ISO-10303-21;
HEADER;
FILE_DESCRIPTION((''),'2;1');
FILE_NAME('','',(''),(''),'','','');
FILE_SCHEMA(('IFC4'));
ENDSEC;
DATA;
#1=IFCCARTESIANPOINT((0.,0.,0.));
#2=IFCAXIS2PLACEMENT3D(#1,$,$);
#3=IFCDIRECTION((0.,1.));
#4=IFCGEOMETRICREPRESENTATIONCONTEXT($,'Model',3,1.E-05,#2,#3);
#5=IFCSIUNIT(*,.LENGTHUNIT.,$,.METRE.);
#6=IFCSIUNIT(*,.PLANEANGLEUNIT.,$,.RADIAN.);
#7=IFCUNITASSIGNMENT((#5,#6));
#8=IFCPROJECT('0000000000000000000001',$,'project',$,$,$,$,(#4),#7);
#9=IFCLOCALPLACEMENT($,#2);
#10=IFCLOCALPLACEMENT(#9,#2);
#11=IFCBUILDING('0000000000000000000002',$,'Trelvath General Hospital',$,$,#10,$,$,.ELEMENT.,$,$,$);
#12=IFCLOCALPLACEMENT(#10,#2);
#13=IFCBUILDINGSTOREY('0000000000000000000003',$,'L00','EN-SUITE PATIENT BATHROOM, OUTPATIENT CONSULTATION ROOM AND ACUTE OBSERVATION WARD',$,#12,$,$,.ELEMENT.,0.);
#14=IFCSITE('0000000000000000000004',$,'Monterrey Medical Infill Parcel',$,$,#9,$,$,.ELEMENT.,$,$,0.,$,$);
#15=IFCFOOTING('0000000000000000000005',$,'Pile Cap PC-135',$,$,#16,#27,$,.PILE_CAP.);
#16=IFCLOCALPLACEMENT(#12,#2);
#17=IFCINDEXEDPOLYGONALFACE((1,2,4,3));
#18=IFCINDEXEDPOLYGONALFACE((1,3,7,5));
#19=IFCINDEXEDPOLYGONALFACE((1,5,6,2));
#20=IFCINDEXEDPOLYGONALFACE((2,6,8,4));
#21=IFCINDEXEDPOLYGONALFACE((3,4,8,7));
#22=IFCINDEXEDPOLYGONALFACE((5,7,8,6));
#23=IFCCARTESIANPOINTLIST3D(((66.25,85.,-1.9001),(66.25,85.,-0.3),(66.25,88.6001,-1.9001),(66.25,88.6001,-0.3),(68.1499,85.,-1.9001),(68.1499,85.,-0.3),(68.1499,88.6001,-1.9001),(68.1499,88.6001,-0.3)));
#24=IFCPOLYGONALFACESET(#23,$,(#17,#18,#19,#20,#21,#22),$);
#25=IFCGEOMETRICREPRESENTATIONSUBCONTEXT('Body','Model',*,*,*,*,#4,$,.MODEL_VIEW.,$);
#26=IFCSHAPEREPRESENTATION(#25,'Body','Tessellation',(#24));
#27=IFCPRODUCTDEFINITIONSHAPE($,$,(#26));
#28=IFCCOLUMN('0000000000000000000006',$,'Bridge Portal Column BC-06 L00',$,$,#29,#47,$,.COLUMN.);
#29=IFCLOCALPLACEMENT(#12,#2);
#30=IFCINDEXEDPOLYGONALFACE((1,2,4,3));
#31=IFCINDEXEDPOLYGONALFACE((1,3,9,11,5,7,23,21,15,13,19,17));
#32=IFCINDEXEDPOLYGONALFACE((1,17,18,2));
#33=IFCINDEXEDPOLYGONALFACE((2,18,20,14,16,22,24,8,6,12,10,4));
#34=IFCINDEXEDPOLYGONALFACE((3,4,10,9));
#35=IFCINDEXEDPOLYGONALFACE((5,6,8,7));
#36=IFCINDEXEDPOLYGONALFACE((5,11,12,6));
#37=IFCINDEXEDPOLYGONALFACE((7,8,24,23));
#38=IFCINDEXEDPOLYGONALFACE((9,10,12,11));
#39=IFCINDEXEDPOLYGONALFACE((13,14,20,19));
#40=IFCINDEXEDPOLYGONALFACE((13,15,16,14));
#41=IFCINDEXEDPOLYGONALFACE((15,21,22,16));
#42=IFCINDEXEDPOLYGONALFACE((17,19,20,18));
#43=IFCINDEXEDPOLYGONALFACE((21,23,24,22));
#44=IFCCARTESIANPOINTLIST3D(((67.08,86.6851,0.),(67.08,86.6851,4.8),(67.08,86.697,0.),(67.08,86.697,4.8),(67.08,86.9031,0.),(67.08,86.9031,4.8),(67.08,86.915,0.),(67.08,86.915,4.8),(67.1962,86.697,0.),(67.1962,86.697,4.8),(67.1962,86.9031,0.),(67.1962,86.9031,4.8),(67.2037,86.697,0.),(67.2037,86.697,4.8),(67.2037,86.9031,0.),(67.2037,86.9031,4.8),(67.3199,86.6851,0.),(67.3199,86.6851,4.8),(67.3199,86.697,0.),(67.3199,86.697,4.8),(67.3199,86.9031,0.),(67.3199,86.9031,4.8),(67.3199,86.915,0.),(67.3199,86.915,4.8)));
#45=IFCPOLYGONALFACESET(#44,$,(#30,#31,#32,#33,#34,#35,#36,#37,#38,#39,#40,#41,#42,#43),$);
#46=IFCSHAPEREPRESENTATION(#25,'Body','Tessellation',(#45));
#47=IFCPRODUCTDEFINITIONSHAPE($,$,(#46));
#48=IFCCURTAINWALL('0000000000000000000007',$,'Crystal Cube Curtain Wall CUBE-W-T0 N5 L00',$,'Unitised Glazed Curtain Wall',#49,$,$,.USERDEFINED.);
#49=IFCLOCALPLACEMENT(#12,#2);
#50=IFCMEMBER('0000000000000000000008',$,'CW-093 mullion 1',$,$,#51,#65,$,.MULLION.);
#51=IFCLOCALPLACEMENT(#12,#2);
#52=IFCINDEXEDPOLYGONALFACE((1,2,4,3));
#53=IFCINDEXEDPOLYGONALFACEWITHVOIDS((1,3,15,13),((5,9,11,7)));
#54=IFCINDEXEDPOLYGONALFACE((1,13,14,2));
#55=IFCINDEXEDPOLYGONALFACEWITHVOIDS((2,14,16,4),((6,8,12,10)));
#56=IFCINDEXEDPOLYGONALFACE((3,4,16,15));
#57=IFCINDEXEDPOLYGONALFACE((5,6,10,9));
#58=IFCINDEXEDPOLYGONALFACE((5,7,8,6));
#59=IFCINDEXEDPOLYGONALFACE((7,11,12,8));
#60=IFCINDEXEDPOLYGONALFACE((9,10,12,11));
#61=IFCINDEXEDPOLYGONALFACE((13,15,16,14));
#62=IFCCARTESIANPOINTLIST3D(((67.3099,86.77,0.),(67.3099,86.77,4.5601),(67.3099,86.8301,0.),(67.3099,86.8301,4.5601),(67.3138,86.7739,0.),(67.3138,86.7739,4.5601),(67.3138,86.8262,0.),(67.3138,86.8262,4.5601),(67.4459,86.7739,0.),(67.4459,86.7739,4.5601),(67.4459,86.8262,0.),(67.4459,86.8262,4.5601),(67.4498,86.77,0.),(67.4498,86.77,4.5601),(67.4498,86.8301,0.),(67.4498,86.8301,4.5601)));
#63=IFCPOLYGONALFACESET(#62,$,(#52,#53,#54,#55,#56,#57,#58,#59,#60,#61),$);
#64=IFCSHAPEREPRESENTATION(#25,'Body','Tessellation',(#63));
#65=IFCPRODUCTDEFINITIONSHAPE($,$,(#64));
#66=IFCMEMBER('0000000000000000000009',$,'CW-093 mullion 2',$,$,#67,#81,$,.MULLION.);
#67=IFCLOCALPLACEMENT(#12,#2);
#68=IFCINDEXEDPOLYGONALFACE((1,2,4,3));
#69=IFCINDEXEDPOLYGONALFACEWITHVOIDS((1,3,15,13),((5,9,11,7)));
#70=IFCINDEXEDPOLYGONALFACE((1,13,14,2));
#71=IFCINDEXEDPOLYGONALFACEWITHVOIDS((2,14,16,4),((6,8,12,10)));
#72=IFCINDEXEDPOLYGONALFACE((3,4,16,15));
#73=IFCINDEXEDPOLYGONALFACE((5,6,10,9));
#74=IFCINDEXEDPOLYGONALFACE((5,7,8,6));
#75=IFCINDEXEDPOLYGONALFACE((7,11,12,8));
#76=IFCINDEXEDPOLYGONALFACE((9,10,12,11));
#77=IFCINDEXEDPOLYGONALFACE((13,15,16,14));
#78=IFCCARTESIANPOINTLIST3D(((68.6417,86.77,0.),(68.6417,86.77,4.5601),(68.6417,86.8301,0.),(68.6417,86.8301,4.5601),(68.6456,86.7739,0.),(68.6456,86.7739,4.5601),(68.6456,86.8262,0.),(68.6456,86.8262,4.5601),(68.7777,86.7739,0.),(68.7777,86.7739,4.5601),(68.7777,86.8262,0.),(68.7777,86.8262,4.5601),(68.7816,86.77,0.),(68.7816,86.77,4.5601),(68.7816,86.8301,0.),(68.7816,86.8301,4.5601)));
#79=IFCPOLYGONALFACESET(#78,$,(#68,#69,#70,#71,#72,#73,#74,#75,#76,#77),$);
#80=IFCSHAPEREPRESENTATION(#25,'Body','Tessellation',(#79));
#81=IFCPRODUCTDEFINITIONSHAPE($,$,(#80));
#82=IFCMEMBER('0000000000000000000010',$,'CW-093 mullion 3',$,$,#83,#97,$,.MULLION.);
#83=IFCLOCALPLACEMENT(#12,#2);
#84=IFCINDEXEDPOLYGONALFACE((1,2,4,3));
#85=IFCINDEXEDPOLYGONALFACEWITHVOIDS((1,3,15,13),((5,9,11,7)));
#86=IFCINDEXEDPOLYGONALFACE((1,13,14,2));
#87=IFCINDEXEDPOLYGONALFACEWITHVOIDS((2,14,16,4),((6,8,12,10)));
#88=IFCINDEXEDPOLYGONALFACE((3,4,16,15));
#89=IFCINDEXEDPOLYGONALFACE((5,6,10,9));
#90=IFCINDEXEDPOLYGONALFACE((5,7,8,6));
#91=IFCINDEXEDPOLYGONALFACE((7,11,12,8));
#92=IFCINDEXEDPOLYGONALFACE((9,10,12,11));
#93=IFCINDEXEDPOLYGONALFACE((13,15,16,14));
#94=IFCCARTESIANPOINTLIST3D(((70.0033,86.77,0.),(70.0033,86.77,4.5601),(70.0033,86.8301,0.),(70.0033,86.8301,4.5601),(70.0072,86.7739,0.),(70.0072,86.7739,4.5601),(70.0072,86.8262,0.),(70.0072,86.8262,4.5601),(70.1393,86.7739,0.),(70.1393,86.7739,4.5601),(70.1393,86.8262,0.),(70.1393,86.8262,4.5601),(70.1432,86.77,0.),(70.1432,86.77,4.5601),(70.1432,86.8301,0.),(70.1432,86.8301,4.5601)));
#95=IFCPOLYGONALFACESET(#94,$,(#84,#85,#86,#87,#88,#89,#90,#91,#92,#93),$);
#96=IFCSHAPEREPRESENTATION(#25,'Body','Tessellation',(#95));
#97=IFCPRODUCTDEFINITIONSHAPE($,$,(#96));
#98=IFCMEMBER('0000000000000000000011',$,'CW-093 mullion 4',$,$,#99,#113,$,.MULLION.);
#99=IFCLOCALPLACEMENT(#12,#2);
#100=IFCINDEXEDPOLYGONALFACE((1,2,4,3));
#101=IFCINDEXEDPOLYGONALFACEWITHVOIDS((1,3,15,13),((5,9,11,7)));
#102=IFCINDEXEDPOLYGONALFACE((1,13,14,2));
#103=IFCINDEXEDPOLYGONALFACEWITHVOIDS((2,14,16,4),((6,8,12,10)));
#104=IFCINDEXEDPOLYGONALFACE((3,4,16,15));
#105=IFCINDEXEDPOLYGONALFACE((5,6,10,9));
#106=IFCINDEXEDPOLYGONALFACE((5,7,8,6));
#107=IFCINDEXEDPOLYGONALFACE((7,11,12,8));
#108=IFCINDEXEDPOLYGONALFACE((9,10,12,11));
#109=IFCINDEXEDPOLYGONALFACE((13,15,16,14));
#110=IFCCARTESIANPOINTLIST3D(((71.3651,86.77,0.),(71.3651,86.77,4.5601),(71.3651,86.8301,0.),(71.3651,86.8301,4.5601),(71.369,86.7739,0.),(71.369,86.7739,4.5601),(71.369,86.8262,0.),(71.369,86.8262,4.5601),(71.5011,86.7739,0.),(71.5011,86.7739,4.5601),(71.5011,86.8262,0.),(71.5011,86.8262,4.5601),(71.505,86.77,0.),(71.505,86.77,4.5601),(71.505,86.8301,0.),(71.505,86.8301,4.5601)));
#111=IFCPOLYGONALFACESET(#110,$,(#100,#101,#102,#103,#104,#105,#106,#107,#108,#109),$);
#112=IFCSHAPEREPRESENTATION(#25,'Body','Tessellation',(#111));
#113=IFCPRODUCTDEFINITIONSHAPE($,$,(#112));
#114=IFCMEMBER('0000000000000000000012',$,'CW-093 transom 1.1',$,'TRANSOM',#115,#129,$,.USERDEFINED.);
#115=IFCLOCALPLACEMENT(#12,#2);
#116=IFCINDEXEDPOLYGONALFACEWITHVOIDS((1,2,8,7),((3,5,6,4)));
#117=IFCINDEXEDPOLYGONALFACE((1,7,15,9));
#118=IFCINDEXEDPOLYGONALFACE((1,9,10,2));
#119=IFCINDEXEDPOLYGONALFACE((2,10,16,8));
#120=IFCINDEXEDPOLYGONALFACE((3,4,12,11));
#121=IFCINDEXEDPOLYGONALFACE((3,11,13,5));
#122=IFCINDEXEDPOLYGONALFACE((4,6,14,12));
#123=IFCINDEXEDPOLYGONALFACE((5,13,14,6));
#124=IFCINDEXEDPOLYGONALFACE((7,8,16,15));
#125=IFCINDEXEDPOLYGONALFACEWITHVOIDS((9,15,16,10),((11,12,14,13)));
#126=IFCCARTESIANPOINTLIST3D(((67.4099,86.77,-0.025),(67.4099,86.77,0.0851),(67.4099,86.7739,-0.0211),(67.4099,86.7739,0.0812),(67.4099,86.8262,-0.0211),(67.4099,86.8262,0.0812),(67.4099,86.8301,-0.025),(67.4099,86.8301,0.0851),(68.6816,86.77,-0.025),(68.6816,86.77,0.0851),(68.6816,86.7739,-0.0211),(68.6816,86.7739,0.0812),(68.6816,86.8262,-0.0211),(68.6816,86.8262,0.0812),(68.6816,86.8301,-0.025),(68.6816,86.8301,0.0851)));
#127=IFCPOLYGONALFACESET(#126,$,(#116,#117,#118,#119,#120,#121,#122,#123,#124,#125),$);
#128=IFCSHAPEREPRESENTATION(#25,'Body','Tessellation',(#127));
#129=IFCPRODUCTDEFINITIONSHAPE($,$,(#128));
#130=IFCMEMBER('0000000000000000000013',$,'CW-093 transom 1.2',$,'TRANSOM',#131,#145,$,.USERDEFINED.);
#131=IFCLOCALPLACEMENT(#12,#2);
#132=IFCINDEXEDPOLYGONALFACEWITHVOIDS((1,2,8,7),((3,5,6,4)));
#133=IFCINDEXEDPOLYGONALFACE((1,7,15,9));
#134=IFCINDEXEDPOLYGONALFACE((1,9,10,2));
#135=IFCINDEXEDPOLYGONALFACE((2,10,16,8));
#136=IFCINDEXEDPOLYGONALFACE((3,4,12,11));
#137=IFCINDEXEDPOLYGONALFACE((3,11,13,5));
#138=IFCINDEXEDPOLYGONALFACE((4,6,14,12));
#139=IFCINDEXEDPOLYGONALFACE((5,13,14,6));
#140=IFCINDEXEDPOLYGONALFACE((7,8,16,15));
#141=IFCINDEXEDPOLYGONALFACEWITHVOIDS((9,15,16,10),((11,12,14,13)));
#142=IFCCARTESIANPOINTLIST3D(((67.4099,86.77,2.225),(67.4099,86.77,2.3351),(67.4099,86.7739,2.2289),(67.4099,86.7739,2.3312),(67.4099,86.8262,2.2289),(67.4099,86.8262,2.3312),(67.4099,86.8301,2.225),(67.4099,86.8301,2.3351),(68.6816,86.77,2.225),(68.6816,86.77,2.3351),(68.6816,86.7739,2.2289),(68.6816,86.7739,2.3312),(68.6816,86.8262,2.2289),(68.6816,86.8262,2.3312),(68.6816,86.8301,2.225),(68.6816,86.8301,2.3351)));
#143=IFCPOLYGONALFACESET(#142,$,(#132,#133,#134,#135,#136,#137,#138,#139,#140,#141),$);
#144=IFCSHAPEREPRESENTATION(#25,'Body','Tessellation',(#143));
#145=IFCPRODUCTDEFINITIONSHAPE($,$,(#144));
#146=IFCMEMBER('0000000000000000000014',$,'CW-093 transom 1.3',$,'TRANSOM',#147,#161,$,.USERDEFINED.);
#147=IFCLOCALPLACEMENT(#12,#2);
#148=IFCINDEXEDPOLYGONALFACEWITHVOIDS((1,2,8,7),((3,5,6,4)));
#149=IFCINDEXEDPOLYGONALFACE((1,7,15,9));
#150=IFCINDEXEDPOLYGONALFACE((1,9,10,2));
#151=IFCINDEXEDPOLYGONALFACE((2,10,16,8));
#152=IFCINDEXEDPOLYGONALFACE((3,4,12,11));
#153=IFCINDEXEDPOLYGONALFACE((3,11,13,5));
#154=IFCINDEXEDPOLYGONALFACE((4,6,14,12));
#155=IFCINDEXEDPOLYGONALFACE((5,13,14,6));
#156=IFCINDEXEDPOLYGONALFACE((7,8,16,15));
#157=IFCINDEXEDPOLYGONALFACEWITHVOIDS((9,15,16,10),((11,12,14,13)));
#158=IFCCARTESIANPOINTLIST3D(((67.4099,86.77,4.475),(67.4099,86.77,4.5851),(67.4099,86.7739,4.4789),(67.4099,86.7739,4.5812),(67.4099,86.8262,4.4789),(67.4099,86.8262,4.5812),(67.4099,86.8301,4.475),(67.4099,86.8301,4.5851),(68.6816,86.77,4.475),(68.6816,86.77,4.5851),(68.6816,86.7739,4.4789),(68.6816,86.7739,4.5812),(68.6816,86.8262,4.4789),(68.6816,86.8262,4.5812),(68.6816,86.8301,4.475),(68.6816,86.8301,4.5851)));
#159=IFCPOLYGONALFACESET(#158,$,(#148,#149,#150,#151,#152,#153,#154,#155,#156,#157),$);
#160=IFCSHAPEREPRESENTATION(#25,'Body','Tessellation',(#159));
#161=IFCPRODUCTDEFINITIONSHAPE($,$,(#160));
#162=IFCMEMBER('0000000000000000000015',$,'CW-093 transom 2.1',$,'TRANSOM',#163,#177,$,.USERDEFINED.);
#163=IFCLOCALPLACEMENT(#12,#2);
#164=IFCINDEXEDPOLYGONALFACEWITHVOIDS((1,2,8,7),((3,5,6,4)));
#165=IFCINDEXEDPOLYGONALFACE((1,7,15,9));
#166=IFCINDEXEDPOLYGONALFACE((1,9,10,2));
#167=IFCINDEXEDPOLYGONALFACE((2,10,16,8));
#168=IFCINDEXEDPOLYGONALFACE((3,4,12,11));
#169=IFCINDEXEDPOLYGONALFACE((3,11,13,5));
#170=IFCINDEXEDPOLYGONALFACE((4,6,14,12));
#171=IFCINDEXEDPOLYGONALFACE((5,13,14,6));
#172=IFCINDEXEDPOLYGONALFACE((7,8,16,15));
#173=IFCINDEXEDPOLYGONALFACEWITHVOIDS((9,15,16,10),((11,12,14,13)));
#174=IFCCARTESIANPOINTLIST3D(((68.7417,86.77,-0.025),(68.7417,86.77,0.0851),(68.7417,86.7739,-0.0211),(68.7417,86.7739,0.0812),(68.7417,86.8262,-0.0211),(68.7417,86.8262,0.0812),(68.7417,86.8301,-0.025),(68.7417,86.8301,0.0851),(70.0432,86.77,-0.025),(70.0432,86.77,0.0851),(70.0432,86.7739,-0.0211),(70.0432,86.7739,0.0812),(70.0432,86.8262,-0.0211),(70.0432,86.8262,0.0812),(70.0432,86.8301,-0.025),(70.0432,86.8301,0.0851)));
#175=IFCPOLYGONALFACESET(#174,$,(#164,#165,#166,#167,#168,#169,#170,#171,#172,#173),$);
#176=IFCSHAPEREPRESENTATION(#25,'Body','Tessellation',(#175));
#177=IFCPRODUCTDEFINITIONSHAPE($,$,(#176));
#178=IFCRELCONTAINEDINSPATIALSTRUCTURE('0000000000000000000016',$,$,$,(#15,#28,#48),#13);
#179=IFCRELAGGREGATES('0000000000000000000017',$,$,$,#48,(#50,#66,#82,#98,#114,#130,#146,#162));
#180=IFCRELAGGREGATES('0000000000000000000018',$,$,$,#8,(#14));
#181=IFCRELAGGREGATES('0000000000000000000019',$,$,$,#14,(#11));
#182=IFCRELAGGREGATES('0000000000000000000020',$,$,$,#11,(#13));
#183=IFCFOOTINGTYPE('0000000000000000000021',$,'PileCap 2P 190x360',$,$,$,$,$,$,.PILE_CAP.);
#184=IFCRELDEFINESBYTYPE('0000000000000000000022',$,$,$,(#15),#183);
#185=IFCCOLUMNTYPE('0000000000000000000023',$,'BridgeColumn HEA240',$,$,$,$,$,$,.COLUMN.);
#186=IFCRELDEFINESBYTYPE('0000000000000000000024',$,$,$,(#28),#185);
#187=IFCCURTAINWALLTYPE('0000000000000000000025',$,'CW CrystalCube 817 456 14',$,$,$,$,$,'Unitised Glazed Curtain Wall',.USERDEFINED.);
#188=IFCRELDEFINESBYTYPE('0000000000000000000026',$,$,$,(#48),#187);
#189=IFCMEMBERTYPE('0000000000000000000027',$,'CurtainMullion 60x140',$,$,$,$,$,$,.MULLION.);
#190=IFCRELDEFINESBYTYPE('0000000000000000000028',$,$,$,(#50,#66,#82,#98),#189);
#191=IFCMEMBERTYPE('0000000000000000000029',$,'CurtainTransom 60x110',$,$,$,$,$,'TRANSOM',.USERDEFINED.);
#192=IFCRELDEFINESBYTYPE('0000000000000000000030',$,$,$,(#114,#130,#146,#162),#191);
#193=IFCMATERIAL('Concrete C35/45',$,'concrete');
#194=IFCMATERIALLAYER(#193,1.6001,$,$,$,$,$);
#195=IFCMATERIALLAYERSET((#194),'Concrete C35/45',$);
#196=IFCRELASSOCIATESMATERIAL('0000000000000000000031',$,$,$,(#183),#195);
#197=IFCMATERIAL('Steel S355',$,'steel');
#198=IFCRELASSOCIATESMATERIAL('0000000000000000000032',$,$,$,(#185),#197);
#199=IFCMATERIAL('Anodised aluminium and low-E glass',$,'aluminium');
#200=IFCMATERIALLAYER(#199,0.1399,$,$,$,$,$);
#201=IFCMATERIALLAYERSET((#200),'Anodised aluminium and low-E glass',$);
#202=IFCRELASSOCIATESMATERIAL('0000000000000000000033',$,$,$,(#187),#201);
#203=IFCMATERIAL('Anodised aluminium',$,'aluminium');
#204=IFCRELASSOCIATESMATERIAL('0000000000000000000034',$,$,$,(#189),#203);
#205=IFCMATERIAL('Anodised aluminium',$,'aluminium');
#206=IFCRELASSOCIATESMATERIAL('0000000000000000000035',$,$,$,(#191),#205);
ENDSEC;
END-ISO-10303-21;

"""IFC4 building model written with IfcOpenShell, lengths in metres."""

from ifc_helpers import new_model, si_unit, direction, frame, origin, origin_2d, place, context, subcontext, project, spatial, rectangle, hollow_rectangle, i_section, extrude, material, layer, layer_set, material_profile, profile_set, type_object, element, aggregate, save


model = new_model("IFC4")

# Units and contexts
model_context = context("Model", 3, precision=1e-05, world=origin(), true_north=direction((0.0, 1.0)))
body_context = subcontext(model_context, "Body", "Model", "MODEL_VIEW")
ifc_project = project(units=[si_unit("LENGTHUNIT", "METRE"), si_unit("PLANEANGLEUNIT", "RADIAN")], contexts=[model_context])

# Site, building, storey
site_placement = place(None, origin())
site = spatial("IfcSite", under=ifc_project, at=site_placement, Name="Monterrey Medical Infill Parcel", CompositionType="ELEMENT", RefElevation=0.0)
building_placement = place(site_placement, origin())
building = spatial("IfcBuilding", under=site, at=building_placement, Name="Trelvath General Hospital", CompositionType="ELEMENT")
storey_placement = place(building_placement, origin())
storey = spatial("IfcBuildingStorey", under=building, at=storey_placement, Name="L00", Description="EN-SUITE PATIENT BATHROOM, OUTPATIENT CONSULTATION ROOM AND ACUTE OBSERVATION WARD", CompositionType="ELEMENT", Elevation=0.0)

# Footing
ifc_material_1 = material(Name="Concrete C35/45", Category="concrete")
ifc_layer_1 = layer(ifc_material_1, 1.6001)
ifc_layer_set_1 = layer_set([ifc_layer_1], Name="Concrete C35/45")
footing_type = type_object("IfcFootingType", Name="PileCap 2P 190x360", PredefinedType="PILE_CAP", material=ifc_layer_set_1)
footing_placement = place(storey_placement, frame((67.2, 86.8, -1.9001), z_axis=(0.0, 0.0, 1.0), x_axis=(1.0, 0.0, 0.0)))
element("IfcFooting", 1, at=footing_placement, inside=storey, type_object=footing_type, Name="Pile Cap PC-135", PredefinedType="PILE_CAP", context=body_context, shape_type="SweptSolid", body=[
    extrude(rectangle(XDim=1.8999, YDim=3.6001, at=origin_2d()), origin(), (0.0, 0.0, 1.0), 1.6001),
])

# Column
ifc_material_2 = material(Name="Steel S355", Category="steel")
ifc_material_profile_1 = material_profile(ifc_material_2, i_section(OverallWidth=0.24, OverallDepth=0.23, WebThickness=0.0076, FlangeThickness=0.012, at=origin_2d()), Name="HEA240")
ifc_profile_set_1 = profile_set([ifc_material_profile_1], Name="Steel S355")
column_type = type_object("IfcColumnType", Name="BridgeColumn HEA240", PredefinedType="COLUMN", material=ifc_profile_set_1)
column_placement = place(storey_placement, frame((67.2, 86.8, 0.0), z_axis=(0.0, 0.0, 1.0), x_axis=(1.0, 0.0, 0.0)))
element("IfcColumn", 2, at=column_placement, inside=storey, type_object=column_type, Name="Bridge Portal Column BC-06 L00", PredefinedType="COLUMN", context=body_context, shape_type="SweptSolid", body=[
    extrude(i_section(OverallWidth=0.24, OverallDepth=0.23, WebThickness=0.0076, FlangeThickness=0.012, at=origin_2d()), origin(), (0.0, 0.0, 1.0), 4.8),
])

# Curtain wall, members
ifc_material_3 = material(Name="Anodised aluminium and low-E glass", Category="aluminium")
ifc_layer_2 = layer(ifc_material_3, 0.1399)
ifc_layer_set_2 = layer_set([ifc_layer_2], Name="Anodised aluminium and low-E glass")
curtain_wall_type = type_object("IfcCurtainWallType", Name="CW CrystalCube 817 456 14", ElementType="Unitised Glazed Curtain Wall", PredefinedType="USERDEFINED", material=ifc_layer_set_2)
curtain_wall_placement = place(storey_placement, origin())
curtain_wall = element("IfcCurtainWall", 3, at=curtain_wall_placement, inside=storey, type_object=curtain_wall_type, Name="Crystal Cube Curtain Wall CUBE-W-T0 N5 L00", ObjectType="Unitised Glazed Curtain Wall", PredefinedType="USERDEFINED")
ifc_material_4 = material(Name="Anodised aluminium", Category="aluminium")
ifc_material_profile_2 = material_profile(ifc_material_4, hollow_rectangle(XDim=0.0601, YDim=0.1399, WallThickness=0.0039, at=origin_2d()), Name="RHS60x140x4")
ifc_profile_set_2 = profile_set([ifc_material_profile_2], Name="Anodised aluminium")
member_type_1 = type_object("IfcMemberType", Name="CurtainMullion 60x140", PredefinedType="MULLION", material=ifc_profile_set_2)
member_1_placement = place(storey_placement, frame((67.3799, 86.8, 0.0), z_axis=(0.0, 0.0, 1.0), x_axis=(0.0, 1.0, 0.0)))
member_1 = element("IfcMember", 4, at=member_1_placement, type_object=member_type_1, Name="CW-093 mullion 1", PredefinedType="MULLION", context=body_context, shape_type="SweptSolid", body=[
    extrude(hollow_rectangle(XDim=0.0601, YDim=0.1399, WallThickness=0.0039, at=origin_2d()), origin(), (0.0, 0.0, 1.0), 4.5601),
])
member_2_placement = place(storey_placement, frame((68.7117, 86.8, 0.0), z_axis=(0.0, 0.0, 1.0), x_axis=(0.0, 1.0, 0.0)))
member_2 = element("IfcMember", 5, at=member_2_placement, type_object=member_type_1, Name="CW-093 mullion 2", PredefinedType="MULLION", context=body_context, shape_type="SweptSolid", body=[
    extrude(hollow_rectangle(XDim=0.0601, YDim=0.1399, WallThickness=0.0039, at=origin_2d()), origin(), (0.0, 0.0, 1.0), 4.5601),
])
member_3_placement = place(storey_placement, frame((70.0732, 86.8, 0.0), z_axis=(0.0, 0.0, 1.0), x_axis=(0.0, 1.0, 0.0)))
member_3 = element("IfcMember", 6, at=member_3_placement, type_object=member_type_1, Name="CW-093 mullion 3", PredefinedType="MULLION", context=body_context, shape_type="SweptSolid", body=[
    extrude(hollow_rectangle(XDim=0.0601, YDim=0.1399, WallThickness=0.0039, at=origin_2d()), origin(), (0.0, 0.0, 1.0), 4.5601),
])
member_4_placement = place(storey_placement, frame((71.4351, 86.8, 0.0), z_axis=(0.0, 0.0, 1.0), x_axis=(0.0, 1.0, 0.0)))
member_4 = element("IfcMember", 7, at=member_4_placement, type_object=member_type_1, Name="CW-093 mullion 4", PredefinedType="MULLION", context=body_context, shape_type="SweptSolid", body=[
    extrude(hollow_rectangle(XDim=0.0601, YDim=0.1399, WallThickness=0.0039, at=origin_2d()), origin(), (0.0, 0.0, 1.0), 4.5601),
])
ifc_material_5 = material(Name="Anodised aluminium", Category="aluminium")
ifc_material_profile_3 = material_profile(ifc_material_5, hollow_rectangle(XDim=0.0601, YDim=0.1101, WallThickness=0.0039, at=origin_2d()), Name="RHS60x110x4")
ifc_profile_set_3 = profile_set([ifc_material_profile_3], Name="Anodised aluminium")
member_type_2 = type_object("IfcMemberType", Name="CurtainTransom 60x110", ElementType="TRANSOM", PredefinedType="USERDEFINED", material=ifc_profile_set_3)
member_5_placement = place(storey_placement, frame((67.4099, 86.8, 0.03), z_axis=(1.0, 0.0, 0.0), x_axis=(0.0, 1.0, 0.0)))
member_5 = element("IfcMember", 8, at=member_5_placement, type_object=member_type_2, Name="CW-093 transom 1.1", ObjectType="TRANSOM", PredefinedType="USERDEFINED", context=body_context, shape_type="SweptSolid", body=[
    extrude(hollow_rectangle(XDim=0.0601, YDim=0.1101, WallThickness=0.0039, at=origin_2d()), origin(), (0.0, 0.0, 1.0), 1.2717),
])
member_6_placement = place(storey_placement, frame((67.4099, 86.8, 2.28), z_axis=(1.0, 0.0, 0.0), x_axis=(0.0, 1.0, 0.0)))
member_6 = element("IfcMember", 9, at=member_6_placement, type_object=member_type_2, Name="CW-093 transom 1.2", ObjectType="TRANSOM", PredefinedType="USERDEFINED", context=body_context, shape_type="SweptSolid", body=[
    extrude(hollow_rectangle(XDim=0.0601, YDim=0.1101, WallThickness=0.0039, at=origin_2d()), origin(), (0.0, 0.0, 1.0), 1.2717),
])
member_7_placement = place(storey_placement, frame((67.4099, 86.8, 4.53), z_axis=(1.0, 0.0, 0.0), x_axis=(0.0, 1.0, 0.0)))
member_7 = element("IfcMember", 10, at=member_7_placement, type_object=member_type_2, Name="CW-093 transom 1.3", ObjectType="TRANSOM", PredefinedType="USERDEFINED", context=body_context, shape_type="SweptSolid", body=[
    extrude(hollow_rectangle(XDim=0.0601, YDim=0.1101, WallThickness=0.0039, at=origin_2d()), origin(), (0.0, 0.0, 1.0), 1.2717),
])
member_8_placement = place(storey_placement, frame((68.7417, 86.8, 0.03), z_axis=(1.0, 0.0, 0.0), x_axis=(0.0, 1.0, 0.0)))
member_8 = element("IfcMember", 11, at=member_8_placement, type_object=member_type_2, Name="CW-093 transom 2.1", ObjectType="TRANSOM", PredefinedType="USERDEFINED", context=body_context, shape_type="SweptSolid", body=[
    extrude(hollow_rectangle(XDim=0.0601, YDim=0.1101, WallThickness=0.0039, at=origin_2d()), origin(), (0.0, 0.0, 1.0), 1.3015),
])
aggregate(curtain_wall, [member_1, member_2, member_3, member_4, member_5, member_6, member_7, member_8])

save(model, "model.ifc")
